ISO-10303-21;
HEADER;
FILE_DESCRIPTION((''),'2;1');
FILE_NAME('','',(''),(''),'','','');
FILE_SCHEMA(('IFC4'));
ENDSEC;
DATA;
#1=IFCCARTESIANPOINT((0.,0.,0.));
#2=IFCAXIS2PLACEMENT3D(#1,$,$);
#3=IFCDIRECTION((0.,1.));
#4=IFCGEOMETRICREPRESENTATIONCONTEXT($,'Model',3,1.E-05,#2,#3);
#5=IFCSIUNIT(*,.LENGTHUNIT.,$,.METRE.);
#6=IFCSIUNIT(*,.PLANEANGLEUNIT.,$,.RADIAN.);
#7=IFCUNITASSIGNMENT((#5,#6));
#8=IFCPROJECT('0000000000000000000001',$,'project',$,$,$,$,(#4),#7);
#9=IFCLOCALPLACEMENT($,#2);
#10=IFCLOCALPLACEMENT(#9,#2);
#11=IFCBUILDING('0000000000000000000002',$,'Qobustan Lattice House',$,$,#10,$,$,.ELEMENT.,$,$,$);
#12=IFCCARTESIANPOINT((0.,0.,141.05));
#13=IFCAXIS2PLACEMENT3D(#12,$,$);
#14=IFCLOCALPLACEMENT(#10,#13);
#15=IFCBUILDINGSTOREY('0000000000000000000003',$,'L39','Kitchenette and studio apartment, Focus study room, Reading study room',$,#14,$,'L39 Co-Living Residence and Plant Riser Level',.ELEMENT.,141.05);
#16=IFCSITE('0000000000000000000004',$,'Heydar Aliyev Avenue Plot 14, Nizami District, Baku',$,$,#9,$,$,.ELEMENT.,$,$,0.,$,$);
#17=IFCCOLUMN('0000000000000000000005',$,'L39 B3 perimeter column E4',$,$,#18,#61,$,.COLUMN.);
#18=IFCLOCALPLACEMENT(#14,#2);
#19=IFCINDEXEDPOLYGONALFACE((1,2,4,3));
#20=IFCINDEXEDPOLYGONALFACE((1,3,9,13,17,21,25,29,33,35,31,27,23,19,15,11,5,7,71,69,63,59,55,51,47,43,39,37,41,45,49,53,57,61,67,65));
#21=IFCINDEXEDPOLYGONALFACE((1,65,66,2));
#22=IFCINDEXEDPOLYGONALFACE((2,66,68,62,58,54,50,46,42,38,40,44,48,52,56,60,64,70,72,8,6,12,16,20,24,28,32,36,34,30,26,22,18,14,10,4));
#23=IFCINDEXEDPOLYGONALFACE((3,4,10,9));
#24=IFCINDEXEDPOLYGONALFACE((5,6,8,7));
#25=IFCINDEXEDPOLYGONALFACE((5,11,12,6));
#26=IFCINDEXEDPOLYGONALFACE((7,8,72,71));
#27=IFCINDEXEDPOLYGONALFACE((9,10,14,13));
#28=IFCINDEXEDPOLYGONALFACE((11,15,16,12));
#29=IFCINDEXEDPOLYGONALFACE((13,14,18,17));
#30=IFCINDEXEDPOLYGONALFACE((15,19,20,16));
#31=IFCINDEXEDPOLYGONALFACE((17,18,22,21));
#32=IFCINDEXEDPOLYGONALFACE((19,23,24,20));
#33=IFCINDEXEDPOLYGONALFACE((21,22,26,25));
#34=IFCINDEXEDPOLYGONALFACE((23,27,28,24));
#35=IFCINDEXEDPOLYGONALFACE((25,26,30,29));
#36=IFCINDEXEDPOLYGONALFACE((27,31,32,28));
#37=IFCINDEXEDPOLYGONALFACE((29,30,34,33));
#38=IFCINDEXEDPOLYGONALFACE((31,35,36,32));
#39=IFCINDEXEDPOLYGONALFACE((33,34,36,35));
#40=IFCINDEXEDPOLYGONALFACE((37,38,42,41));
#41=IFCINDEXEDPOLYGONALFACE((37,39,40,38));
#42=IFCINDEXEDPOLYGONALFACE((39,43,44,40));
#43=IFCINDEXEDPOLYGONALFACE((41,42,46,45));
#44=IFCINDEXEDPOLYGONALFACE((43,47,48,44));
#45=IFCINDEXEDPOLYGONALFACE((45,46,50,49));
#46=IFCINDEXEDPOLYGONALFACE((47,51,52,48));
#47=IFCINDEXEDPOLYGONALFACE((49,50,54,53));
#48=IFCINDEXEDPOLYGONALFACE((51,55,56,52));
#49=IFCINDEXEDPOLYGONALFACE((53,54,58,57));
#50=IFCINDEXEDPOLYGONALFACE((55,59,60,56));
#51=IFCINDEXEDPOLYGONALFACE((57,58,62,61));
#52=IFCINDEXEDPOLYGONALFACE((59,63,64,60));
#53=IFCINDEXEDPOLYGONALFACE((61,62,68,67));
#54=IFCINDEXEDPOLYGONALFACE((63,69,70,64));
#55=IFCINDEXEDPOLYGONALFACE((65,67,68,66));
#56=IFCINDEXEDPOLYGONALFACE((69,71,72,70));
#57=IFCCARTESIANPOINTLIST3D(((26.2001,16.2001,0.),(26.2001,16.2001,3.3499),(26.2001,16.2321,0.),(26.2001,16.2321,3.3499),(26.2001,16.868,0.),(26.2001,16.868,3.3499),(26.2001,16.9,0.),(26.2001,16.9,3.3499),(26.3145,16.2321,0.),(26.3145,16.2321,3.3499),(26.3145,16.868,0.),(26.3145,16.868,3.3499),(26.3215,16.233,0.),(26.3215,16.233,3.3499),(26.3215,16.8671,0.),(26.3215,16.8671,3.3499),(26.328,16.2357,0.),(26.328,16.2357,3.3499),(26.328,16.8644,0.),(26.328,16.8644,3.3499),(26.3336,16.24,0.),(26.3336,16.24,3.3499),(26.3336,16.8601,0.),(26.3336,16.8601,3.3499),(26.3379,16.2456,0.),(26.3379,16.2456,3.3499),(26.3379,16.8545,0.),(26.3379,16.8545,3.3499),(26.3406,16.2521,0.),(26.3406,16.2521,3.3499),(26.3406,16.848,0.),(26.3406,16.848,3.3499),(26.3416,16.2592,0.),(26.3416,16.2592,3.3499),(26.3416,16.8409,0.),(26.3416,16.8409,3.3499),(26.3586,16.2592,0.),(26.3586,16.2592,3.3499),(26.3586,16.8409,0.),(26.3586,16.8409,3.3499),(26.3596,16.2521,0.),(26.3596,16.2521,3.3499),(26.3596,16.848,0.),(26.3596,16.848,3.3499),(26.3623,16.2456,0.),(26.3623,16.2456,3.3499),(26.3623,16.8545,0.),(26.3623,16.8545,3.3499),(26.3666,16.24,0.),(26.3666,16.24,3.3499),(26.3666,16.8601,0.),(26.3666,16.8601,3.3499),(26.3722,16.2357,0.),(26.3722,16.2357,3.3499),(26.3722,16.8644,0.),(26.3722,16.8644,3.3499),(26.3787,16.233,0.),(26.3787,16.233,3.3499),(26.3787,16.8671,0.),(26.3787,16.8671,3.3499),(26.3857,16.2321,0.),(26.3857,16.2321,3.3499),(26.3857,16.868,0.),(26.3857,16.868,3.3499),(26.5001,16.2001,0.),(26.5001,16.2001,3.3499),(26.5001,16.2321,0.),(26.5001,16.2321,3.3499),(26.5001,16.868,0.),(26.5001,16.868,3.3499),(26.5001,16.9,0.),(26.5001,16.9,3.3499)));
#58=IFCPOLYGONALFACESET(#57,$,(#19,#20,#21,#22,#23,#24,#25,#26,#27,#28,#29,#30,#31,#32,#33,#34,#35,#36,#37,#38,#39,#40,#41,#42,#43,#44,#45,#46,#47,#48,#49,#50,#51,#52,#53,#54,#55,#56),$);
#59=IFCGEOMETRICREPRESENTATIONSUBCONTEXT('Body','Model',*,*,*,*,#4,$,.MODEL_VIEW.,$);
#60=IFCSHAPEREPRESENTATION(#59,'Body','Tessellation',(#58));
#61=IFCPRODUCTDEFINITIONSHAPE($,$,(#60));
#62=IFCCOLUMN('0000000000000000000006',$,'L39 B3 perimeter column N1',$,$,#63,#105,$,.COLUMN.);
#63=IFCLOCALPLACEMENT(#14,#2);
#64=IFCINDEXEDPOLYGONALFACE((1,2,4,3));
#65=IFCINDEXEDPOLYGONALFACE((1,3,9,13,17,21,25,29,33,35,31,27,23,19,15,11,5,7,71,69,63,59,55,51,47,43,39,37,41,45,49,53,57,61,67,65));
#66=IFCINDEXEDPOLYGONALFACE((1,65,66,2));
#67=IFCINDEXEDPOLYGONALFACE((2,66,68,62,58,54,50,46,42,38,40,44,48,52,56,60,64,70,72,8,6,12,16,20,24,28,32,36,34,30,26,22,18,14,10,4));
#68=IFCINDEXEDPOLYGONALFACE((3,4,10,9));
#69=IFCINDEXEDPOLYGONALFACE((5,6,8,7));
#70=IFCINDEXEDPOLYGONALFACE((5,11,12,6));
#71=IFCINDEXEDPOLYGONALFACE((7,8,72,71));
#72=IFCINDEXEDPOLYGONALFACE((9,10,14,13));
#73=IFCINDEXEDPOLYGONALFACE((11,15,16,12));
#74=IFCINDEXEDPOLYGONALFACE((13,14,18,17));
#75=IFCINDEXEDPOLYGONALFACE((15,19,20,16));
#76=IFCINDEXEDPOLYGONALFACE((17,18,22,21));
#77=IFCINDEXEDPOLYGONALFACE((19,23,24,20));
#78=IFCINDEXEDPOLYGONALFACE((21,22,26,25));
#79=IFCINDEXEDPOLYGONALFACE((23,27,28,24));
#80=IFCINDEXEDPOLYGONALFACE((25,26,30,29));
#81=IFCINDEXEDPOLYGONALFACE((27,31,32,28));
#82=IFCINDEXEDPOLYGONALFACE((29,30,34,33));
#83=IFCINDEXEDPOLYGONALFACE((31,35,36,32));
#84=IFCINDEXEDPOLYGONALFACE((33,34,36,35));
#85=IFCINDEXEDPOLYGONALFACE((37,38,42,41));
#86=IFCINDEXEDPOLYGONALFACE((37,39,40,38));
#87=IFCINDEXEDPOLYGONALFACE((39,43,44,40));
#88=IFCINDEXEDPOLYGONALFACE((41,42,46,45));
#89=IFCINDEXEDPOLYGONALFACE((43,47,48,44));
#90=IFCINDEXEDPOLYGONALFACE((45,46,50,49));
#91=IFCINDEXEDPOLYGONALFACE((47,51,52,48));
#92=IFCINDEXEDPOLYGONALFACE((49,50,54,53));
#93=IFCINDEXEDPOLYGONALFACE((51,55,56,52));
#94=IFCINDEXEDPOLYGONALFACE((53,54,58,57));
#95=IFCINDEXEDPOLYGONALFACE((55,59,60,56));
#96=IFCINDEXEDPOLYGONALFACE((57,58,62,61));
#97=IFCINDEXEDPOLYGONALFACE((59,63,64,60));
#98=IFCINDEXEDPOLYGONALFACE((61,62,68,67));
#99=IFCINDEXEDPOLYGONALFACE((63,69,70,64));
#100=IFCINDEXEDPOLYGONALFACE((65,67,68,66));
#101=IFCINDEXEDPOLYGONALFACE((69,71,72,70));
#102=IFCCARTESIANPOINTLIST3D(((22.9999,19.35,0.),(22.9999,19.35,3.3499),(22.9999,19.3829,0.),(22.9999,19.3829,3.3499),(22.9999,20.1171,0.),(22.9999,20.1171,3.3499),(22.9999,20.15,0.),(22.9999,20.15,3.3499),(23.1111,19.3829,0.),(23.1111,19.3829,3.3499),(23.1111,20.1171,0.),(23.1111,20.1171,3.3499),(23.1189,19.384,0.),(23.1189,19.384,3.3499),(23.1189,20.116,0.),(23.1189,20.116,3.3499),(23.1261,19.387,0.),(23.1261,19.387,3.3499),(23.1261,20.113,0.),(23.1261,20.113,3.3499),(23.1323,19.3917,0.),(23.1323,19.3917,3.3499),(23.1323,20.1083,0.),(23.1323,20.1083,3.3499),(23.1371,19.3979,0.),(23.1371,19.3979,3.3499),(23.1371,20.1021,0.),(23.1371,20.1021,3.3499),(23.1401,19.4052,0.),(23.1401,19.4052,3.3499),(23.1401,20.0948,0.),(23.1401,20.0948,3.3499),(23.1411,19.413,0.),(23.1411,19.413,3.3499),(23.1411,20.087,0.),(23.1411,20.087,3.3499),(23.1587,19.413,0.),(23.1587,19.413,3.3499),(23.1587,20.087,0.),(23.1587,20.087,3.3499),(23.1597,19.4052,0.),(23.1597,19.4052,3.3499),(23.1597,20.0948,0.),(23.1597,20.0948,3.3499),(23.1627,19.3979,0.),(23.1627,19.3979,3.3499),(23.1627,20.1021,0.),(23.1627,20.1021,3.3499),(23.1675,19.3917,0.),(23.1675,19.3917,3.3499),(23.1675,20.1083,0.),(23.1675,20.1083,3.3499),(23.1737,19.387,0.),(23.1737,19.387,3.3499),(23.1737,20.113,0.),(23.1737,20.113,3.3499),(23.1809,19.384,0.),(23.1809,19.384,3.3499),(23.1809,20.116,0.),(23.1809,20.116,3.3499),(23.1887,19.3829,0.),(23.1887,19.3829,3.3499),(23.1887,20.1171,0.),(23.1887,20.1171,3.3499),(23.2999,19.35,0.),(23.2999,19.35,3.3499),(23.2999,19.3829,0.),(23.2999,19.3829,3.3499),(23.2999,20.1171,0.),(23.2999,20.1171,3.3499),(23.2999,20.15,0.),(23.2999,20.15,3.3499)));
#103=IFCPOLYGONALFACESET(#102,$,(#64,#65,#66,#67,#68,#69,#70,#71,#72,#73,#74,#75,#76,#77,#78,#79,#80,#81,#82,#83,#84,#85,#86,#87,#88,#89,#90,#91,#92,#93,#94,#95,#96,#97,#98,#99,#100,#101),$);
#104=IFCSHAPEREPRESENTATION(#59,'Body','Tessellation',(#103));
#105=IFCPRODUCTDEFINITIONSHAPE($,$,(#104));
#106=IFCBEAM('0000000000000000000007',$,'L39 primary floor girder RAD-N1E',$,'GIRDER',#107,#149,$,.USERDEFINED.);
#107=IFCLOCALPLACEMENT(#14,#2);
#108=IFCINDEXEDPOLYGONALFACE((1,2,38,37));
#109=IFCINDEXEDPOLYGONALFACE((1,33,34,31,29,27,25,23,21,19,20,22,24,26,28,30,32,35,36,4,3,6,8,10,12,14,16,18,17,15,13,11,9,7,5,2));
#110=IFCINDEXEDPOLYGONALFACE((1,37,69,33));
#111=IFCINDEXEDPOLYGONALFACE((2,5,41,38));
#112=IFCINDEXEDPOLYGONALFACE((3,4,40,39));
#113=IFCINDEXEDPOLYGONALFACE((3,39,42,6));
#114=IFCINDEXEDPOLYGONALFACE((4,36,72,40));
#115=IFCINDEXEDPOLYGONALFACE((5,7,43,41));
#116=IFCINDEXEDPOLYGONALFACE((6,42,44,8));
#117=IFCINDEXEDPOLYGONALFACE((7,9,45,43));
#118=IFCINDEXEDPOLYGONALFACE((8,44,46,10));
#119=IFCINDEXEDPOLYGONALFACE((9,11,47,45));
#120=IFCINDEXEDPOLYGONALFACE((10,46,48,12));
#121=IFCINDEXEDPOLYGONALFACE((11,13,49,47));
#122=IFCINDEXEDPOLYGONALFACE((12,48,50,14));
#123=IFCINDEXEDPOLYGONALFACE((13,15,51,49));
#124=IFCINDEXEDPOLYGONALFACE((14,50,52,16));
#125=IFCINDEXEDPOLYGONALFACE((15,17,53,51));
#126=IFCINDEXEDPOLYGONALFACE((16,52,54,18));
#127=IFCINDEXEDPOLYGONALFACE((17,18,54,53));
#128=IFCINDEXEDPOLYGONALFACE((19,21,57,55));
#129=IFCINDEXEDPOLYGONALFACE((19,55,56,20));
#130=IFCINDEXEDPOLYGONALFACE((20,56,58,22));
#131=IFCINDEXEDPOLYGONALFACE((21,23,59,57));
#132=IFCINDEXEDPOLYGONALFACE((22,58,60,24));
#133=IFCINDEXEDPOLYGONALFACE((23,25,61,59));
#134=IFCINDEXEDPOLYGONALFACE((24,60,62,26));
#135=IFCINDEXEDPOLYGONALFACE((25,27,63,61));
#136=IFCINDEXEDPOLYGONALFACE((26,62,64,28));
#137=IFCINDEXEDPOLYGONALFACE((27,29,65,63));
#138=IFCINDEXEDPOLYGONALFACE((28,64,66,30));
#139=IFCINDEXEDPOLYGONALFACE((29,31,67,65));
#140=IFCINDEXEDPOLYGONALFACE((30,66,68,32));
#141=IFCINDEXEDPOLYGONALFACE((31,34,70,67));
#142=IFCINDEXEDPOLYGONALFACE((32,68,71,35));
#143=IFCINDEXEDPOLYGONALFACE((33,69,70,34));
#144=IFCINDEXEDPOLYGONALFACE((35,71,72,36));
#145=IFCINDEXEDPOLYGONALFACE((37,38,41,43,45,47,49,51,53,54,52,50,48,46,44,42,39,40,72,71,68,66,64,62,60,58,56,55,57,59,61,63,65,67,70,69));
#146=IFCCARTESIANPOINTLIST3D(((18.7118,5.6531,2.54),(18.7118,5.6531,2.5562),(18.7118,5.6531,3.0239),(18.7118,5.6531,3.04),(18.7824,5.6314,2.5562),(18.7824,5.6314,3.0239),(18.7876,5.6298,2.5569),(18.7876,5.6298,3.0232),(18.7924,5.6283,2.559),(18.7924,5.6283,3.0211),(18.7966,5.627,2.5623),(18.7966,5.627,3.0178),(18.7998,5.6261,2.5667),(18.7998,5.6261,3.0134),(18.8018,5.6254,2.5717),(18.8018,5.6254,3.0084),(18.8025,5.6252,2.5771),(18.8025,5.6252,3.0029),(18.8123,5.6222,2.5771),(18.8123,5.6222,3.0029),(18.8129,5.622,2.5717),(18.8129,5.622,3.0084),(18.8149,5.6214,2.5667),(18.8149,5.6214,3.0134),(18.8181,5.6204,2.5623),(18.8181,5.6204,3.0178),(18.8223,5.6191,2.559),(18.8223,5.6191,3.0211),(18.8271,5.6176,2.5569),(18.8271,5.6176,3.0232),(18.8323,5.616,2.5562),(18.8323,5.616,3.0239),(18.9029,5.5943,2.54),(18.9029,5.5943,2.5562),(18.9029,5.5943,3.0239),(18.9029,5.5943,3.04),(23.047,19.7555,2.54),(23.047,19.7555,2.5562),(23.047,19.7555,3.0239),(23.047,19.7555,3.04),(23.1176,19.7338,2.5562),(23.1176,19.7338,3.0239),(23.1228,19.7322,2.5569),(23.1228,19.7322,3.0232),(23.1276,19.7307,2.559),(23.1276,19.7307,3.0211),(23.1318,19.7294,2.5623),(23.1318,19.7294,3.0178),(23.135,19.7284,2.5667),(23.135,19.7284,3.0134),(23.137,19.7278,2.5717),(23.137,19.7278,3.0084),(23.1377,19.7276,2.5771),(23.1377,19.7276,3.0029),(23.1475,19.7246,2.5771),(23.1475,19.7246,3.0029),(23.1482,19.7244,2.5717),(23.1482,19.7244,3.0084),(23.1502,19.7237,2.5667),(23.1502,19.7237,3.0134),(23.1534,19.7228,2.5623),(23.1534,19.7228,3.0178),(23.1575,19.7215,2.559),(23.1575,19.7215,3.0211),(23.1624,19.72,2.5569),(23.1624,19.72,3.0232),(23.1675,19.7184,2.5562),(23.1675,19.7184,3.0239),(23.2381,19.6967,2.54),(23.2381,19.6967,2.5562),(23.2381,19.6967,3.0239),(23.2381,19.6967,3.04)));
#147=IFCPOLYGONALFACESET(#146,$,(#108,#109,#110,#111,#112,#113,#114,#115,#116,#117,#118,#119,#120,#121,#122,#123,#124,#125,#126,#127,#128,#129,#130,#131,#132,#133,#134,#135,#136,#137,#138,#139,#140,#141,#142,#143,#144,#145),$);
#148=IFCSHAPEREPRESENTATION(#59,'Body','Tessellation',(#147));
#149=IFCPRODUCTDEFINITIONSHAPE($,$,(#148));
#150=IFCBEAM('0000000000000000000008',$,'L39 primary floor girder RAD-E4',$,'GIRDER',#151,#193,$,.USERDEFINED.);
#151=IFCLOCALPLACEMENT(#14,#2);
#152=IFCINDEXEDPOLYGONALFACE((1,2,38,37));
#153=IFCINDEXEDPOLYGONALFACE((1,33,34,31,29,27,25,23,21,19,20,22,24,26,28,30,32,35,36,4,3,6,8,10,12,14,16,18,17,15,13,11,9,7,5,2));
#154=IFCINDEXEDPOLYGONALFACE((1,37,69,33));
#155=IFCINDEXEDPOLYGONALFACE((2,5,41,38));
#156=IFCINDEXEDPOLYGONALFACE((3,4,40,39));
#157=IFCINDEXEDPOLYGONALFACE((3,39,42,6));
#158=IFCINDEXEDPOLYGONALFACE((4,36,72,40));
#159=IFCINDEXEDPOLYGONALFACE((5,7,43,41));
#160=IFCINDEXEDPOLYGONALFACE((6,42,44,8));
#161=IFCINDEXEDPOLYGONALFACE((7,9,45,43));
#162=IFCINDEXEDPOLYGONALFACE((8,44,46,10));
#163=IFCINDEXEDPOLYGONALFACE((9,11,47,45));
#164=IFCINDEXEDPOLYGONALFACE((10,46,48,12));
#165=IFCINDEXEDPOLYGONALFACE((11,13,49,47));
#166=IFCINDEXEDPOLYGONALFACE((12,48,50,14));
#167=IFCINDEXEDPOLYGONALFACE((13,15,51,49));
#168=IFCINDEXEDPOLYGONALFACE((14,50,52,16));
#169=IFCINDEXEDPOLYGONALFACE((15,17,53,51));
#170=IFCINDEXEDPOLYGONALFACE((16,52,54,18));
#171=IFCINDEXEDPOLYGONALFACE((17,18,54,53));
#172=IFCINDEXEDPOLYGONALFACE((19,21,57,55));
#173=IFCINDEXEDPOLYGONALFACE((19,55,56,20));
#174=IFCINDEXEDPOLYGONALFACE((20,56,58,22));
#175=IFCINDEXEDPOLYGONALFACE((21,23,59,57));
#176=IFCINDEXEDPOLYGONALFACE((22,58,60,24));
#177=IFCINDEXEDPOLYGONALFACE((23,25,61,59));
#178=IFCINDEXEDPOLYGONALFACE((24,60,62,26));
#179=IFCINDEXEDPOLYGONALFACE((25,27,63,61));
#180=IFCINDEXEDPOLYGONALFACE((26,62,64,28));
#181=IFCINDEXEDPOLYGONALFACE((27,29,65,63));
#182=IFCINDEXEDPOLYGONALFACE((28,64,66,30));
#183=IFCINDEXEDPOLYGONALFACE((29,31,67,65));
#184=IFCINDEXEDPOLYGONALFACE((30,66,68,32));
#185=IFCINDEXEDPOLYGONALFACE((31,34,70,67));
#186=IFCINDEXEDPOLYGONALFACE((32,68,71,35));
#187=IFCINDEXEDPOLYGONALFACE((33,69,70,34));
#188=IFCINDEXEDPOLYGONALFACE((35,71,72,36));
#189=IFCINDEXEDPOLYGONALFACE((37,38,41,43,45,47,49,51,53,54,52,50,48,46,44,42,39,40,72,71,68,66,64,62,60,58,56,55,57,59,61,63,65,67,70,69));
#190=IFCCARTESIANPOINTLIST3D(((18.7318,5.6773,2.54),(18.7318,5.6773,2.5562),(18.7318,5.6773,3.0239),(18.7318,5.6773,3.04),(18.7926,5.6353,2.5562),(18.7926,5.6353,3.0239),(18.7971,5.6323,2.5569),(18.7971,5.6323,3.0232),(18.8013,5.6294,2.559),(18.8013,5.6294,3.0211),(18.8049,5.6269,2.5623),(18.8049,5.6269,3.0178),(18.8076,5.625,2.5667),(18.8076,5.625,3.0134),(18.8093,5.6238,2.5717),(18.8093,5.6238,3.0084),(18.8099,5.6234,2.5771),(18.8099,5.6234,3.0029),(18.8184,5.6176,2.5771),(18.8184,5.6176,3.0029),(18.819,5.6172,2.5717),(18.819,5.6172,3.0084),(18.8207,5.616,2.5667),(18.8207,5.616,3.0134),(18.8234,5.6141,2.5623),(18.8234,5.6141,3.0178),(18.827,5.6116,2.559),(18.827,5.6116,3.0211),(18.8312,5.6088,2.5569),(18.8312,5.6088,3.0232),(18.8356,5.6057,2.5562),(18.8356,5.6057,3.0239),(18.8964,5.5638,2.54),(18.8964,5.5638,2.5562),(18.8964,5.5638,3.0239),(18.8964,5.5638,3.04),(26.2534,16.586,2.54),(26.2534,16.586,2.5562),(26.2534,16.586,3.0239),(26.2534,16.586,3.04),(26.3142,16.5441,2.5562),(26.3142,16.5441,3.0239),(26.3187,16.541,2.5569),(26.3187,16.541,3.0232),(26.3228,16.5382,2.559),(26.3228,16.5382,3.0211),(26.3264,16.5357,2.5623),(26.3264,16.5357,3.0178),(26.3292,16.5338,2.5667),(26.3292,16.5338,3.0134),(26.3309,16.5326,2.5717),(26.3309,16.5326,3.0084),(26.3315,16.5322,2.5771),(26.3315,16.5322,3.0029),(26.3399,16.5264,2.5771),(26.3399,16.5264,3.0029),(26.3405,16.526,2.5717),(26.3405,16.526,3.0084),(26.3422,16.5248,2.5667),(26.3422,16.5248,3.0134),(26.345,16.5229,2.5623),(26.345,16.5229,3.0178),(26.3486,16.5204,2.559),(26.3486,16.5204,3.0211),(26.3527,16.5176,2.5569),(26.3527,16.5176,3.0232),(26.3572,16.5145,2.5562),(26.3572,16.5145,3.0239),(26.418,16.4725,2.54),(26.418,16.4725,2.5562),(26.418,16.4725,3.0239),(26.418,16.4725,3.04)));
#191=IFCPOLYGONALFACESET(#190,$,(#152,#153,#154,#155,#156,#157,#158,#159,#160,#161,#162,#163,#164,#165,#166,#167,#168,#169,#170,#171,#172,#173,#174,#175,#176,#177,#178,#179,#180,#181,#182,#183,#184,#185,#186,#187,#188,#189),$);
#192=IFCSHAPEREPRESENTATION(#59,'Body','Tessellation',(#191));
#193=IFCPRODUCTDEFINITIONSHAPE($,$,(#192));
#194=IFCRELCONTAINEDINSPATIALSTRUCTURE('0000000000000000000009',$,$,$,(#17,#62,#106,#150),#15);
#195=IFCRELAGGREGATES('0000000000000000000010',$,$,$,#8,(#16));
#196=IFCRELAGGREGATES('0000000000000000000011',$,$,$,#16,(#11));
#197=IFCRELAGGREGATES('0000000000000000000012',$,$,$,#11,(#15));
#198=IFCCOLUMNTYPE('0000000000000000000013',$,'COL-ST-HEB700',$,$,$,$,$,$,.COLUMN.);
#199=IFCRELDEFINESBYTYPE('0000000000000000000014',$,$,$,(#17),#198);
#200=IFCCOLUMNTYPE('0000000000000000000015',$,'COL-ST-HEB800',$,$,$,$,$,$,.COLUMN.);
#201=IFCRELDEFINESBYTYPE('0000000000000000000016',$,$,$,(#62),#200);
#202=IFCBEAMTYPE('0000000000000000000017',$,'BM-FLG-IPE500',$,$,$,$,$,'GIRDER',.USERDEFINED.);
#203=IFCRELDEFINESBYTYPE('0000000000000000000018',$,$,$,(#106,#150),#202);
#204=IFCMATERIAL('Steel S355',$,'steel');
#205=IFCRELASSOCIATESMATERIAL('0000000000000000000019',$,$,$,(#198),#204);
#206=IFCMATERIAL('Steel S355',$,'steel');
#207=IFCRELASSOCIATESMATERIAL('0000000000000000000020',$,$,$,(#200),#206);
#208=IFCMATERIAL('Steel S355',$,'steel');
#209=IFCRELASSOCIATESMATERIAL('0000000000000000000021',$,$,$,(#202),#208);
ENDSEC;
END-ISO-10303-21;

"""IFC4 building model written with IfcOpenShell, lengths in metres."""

from ifc_helpers import new_model, si_unit, direction, frame, origin, origin_2d, place, context, subcontext, project, spatial, i_section, extrude, material, material_profile, profile_set, type_object, element, save


model = new_model("IFC4")

# Units and contexts
model_context = context("Model", 3, precision=1e-05, world=origin(), true_north=direction((0.0, 1.0)))
body_context = subcontext(model_context, "Body", "Model", "MODEL_VIEW")
ifc_project = project(units=[si_unit("LENGTHUNIT", "METRE"), si_unit("PLANEANGLEUNIT", "RADIAN")], contexts=[model_context])

# Site, building, storey
site_placement = place(None, origin())
site = spatial("IfcSite", under=ifc_project, at=site_placement, Name="Heydar Aliyev Avenue Plot 14, Nizami District, Baku", CompositionType="ELEMENT", RefElevation=0.0)
building_placement = place(site_placement, origin())
building = spatial("IfcBuilding", under=site, at=building_placement, Name="Qobustan Lattice House", CompositionType="ELEMENT")
storey_placement = place(building_placement, frame((0.0, 0.0, 141.05)))
storey = spatial("IfcBuildingStorey", under=building, at=storey_placement, Name="L39", Description="Kitchenette and studio apartment, Focus study room, Reading study room", LongName="L39 Co-Living Residence and Plant Riser Level", CompositionType="ELEMENT", Elevation=141.05)

# Columns
ifc_material_1 = material(Name="Steel S355", Category="steel")
ifc_material_profile_1 = material_profile(ifc_material_1, i_section(OverallWidth=0.3, OverallDepth=0.7, WebThickness=0.0171, FlangeThickness=0.032, FilletRadius=0.0271, at=origin_2d()), Name="HEB700")
ifc_profile_set_1 = profile_set([ifc_material_profile_1], Name="Steel S355")
column_type_1 = type_object("IfcColumnType", Name="COL-ST-HEB700", PredefinedType="COLUMN", material=ifc_profile_set_1)
column_1_placement = place(storey_placement, frame((26.3501, 16.55, 0.0), z_axis=(0.0, 0.0, 1.0), x_axis=(1.0, 0.0, 0.0)))
element("IfcColumn", 1, at=column_1_placement, inside=storey, type_object=column_type_1, Name="L39 B3 perimeter column E4", PredefinedType="COLUMN", context=body_context, shape_type="SweptSolid", body=[
    extrude(i_section(OverallWidth=0.3, OverallDepth=0.7, WebThickness=0.0171, FlangeThickness=0.032, FilletRadius=0.0271, at=origin_2d()), origin(), (0.0, 0.0, 1.0), 3.3499),
])
ifc_material_2 = material(Name="Steel S355", Category="steel")
ifc_material_profile_2 = material_profile(ifc_material_2, i_section(OverallWidth=0.3, OverallDepth=0.8, WebThickness=0.0176, FlangeThickness=0.033, FilletRadius=0.03, at=origin_2d()), Name="HEB800")
ifc_profile_set_2 = profile_set([ifc_material_profile_2], Name="Steel S355")
column_type_2 = type_object("IfcColumnType", Name="COL-ST-HEB800", PredefinedType="COLUMN", material=ifc_profile_set_2)
column_2_placement = place(storey_placement, frame((23.1499, 19.75, 0.0), z_axis=(0.0, 0.0, 1.0), x_axis=(1.0, 0.0, 0.0)))
element("IfcColumn", 2, at=column_2_placement, inside=storey, type_object=column_type_2, Name="L39 B3 perimeter column N1", PredefinedType="COLUMN", context=body_context, shape_type="SweptSolid", body=[
    extrude(i_section(OverallWidth=0.3, OverallDepth=0.8, WebThickness=0.0176, FlangeThickness=0.033, FilletRadius=0.03, at=origin_2d()), origin(), (0.0, 0.0, 1.0), 3.3499),
])

# Beams
ifc_material_3 = material(Name="Steel S355", Category="steel")
ifc_material_profile_3 = material_profile(ifc_material_3, i_section(OverallWidth=0.2, OverallDepth=0.5, WebThickness=0.0103, FlangeThickness=0.0161, FilletRadius=0.021, at=origin_2d()), Name="IPE500")
ifc_profile_set_3 = profile_set([ifc_material_profile_3], Name="Steel S355")
beam_type_1 = type_object("IfcBeamType", Name="BM-FLG-IPE500", ElementType="GIRDER", PredefinedType="USERDEFINED", material=ifc_profile_set_3)
beam_1_placement = place(storey_placement, frame((23.1426, 19.7261, 2.79), z_axis=(-0.29384, -0.955854, 0.0), x_axis=(0.955854, -0.29384, 0.0)))
element("IfcBeam", 3, at=beam_1_placement, inside=storey, type_object=beam_type_1, Name="L39 primary floor girder RAD-N1E", ObjectType="GIRDER", PredefinedType="USERDEFINED", context=body_context, shape_type="SweptSolid", body=[
    extrude(i_section(OverallWidth=0.2, OverallDepth=0.5, WebThickness=0.0103, FlangeThickness=0.0161, FilletRadius=0.021, at=origin_2d()), origin(), (0.0, 0.0, 1.0), 14.7537),
])
beam_2_placement = place(storey_placement, frame((26.3357, 16.5293, 2.79), z_axis=(-0.567643, -0.823275, 0.0), x_axis=(0.823275, -0.567643, 0.0)))
element("IfcBeam", 4, at=beam_2_placement, inside=storey, type_object=beam_type_1, Name="L39 primary floor girder RAD-E4", ObjectType="GIRDER", PredefinedType="USERDEFINED", context=body_context, shape_type="SweptSolid", body=[
    extrude(i_section(OverallWidth=0.2, OverallDepth=0.5, WebThickness=0.0103, FlangeThickness=0.0161, FilletRadius=0.021, at=origin_2d()), origin(), (0.0, 0.0, 1.0), 13.2505),
])

save(model, "model.ifc")
